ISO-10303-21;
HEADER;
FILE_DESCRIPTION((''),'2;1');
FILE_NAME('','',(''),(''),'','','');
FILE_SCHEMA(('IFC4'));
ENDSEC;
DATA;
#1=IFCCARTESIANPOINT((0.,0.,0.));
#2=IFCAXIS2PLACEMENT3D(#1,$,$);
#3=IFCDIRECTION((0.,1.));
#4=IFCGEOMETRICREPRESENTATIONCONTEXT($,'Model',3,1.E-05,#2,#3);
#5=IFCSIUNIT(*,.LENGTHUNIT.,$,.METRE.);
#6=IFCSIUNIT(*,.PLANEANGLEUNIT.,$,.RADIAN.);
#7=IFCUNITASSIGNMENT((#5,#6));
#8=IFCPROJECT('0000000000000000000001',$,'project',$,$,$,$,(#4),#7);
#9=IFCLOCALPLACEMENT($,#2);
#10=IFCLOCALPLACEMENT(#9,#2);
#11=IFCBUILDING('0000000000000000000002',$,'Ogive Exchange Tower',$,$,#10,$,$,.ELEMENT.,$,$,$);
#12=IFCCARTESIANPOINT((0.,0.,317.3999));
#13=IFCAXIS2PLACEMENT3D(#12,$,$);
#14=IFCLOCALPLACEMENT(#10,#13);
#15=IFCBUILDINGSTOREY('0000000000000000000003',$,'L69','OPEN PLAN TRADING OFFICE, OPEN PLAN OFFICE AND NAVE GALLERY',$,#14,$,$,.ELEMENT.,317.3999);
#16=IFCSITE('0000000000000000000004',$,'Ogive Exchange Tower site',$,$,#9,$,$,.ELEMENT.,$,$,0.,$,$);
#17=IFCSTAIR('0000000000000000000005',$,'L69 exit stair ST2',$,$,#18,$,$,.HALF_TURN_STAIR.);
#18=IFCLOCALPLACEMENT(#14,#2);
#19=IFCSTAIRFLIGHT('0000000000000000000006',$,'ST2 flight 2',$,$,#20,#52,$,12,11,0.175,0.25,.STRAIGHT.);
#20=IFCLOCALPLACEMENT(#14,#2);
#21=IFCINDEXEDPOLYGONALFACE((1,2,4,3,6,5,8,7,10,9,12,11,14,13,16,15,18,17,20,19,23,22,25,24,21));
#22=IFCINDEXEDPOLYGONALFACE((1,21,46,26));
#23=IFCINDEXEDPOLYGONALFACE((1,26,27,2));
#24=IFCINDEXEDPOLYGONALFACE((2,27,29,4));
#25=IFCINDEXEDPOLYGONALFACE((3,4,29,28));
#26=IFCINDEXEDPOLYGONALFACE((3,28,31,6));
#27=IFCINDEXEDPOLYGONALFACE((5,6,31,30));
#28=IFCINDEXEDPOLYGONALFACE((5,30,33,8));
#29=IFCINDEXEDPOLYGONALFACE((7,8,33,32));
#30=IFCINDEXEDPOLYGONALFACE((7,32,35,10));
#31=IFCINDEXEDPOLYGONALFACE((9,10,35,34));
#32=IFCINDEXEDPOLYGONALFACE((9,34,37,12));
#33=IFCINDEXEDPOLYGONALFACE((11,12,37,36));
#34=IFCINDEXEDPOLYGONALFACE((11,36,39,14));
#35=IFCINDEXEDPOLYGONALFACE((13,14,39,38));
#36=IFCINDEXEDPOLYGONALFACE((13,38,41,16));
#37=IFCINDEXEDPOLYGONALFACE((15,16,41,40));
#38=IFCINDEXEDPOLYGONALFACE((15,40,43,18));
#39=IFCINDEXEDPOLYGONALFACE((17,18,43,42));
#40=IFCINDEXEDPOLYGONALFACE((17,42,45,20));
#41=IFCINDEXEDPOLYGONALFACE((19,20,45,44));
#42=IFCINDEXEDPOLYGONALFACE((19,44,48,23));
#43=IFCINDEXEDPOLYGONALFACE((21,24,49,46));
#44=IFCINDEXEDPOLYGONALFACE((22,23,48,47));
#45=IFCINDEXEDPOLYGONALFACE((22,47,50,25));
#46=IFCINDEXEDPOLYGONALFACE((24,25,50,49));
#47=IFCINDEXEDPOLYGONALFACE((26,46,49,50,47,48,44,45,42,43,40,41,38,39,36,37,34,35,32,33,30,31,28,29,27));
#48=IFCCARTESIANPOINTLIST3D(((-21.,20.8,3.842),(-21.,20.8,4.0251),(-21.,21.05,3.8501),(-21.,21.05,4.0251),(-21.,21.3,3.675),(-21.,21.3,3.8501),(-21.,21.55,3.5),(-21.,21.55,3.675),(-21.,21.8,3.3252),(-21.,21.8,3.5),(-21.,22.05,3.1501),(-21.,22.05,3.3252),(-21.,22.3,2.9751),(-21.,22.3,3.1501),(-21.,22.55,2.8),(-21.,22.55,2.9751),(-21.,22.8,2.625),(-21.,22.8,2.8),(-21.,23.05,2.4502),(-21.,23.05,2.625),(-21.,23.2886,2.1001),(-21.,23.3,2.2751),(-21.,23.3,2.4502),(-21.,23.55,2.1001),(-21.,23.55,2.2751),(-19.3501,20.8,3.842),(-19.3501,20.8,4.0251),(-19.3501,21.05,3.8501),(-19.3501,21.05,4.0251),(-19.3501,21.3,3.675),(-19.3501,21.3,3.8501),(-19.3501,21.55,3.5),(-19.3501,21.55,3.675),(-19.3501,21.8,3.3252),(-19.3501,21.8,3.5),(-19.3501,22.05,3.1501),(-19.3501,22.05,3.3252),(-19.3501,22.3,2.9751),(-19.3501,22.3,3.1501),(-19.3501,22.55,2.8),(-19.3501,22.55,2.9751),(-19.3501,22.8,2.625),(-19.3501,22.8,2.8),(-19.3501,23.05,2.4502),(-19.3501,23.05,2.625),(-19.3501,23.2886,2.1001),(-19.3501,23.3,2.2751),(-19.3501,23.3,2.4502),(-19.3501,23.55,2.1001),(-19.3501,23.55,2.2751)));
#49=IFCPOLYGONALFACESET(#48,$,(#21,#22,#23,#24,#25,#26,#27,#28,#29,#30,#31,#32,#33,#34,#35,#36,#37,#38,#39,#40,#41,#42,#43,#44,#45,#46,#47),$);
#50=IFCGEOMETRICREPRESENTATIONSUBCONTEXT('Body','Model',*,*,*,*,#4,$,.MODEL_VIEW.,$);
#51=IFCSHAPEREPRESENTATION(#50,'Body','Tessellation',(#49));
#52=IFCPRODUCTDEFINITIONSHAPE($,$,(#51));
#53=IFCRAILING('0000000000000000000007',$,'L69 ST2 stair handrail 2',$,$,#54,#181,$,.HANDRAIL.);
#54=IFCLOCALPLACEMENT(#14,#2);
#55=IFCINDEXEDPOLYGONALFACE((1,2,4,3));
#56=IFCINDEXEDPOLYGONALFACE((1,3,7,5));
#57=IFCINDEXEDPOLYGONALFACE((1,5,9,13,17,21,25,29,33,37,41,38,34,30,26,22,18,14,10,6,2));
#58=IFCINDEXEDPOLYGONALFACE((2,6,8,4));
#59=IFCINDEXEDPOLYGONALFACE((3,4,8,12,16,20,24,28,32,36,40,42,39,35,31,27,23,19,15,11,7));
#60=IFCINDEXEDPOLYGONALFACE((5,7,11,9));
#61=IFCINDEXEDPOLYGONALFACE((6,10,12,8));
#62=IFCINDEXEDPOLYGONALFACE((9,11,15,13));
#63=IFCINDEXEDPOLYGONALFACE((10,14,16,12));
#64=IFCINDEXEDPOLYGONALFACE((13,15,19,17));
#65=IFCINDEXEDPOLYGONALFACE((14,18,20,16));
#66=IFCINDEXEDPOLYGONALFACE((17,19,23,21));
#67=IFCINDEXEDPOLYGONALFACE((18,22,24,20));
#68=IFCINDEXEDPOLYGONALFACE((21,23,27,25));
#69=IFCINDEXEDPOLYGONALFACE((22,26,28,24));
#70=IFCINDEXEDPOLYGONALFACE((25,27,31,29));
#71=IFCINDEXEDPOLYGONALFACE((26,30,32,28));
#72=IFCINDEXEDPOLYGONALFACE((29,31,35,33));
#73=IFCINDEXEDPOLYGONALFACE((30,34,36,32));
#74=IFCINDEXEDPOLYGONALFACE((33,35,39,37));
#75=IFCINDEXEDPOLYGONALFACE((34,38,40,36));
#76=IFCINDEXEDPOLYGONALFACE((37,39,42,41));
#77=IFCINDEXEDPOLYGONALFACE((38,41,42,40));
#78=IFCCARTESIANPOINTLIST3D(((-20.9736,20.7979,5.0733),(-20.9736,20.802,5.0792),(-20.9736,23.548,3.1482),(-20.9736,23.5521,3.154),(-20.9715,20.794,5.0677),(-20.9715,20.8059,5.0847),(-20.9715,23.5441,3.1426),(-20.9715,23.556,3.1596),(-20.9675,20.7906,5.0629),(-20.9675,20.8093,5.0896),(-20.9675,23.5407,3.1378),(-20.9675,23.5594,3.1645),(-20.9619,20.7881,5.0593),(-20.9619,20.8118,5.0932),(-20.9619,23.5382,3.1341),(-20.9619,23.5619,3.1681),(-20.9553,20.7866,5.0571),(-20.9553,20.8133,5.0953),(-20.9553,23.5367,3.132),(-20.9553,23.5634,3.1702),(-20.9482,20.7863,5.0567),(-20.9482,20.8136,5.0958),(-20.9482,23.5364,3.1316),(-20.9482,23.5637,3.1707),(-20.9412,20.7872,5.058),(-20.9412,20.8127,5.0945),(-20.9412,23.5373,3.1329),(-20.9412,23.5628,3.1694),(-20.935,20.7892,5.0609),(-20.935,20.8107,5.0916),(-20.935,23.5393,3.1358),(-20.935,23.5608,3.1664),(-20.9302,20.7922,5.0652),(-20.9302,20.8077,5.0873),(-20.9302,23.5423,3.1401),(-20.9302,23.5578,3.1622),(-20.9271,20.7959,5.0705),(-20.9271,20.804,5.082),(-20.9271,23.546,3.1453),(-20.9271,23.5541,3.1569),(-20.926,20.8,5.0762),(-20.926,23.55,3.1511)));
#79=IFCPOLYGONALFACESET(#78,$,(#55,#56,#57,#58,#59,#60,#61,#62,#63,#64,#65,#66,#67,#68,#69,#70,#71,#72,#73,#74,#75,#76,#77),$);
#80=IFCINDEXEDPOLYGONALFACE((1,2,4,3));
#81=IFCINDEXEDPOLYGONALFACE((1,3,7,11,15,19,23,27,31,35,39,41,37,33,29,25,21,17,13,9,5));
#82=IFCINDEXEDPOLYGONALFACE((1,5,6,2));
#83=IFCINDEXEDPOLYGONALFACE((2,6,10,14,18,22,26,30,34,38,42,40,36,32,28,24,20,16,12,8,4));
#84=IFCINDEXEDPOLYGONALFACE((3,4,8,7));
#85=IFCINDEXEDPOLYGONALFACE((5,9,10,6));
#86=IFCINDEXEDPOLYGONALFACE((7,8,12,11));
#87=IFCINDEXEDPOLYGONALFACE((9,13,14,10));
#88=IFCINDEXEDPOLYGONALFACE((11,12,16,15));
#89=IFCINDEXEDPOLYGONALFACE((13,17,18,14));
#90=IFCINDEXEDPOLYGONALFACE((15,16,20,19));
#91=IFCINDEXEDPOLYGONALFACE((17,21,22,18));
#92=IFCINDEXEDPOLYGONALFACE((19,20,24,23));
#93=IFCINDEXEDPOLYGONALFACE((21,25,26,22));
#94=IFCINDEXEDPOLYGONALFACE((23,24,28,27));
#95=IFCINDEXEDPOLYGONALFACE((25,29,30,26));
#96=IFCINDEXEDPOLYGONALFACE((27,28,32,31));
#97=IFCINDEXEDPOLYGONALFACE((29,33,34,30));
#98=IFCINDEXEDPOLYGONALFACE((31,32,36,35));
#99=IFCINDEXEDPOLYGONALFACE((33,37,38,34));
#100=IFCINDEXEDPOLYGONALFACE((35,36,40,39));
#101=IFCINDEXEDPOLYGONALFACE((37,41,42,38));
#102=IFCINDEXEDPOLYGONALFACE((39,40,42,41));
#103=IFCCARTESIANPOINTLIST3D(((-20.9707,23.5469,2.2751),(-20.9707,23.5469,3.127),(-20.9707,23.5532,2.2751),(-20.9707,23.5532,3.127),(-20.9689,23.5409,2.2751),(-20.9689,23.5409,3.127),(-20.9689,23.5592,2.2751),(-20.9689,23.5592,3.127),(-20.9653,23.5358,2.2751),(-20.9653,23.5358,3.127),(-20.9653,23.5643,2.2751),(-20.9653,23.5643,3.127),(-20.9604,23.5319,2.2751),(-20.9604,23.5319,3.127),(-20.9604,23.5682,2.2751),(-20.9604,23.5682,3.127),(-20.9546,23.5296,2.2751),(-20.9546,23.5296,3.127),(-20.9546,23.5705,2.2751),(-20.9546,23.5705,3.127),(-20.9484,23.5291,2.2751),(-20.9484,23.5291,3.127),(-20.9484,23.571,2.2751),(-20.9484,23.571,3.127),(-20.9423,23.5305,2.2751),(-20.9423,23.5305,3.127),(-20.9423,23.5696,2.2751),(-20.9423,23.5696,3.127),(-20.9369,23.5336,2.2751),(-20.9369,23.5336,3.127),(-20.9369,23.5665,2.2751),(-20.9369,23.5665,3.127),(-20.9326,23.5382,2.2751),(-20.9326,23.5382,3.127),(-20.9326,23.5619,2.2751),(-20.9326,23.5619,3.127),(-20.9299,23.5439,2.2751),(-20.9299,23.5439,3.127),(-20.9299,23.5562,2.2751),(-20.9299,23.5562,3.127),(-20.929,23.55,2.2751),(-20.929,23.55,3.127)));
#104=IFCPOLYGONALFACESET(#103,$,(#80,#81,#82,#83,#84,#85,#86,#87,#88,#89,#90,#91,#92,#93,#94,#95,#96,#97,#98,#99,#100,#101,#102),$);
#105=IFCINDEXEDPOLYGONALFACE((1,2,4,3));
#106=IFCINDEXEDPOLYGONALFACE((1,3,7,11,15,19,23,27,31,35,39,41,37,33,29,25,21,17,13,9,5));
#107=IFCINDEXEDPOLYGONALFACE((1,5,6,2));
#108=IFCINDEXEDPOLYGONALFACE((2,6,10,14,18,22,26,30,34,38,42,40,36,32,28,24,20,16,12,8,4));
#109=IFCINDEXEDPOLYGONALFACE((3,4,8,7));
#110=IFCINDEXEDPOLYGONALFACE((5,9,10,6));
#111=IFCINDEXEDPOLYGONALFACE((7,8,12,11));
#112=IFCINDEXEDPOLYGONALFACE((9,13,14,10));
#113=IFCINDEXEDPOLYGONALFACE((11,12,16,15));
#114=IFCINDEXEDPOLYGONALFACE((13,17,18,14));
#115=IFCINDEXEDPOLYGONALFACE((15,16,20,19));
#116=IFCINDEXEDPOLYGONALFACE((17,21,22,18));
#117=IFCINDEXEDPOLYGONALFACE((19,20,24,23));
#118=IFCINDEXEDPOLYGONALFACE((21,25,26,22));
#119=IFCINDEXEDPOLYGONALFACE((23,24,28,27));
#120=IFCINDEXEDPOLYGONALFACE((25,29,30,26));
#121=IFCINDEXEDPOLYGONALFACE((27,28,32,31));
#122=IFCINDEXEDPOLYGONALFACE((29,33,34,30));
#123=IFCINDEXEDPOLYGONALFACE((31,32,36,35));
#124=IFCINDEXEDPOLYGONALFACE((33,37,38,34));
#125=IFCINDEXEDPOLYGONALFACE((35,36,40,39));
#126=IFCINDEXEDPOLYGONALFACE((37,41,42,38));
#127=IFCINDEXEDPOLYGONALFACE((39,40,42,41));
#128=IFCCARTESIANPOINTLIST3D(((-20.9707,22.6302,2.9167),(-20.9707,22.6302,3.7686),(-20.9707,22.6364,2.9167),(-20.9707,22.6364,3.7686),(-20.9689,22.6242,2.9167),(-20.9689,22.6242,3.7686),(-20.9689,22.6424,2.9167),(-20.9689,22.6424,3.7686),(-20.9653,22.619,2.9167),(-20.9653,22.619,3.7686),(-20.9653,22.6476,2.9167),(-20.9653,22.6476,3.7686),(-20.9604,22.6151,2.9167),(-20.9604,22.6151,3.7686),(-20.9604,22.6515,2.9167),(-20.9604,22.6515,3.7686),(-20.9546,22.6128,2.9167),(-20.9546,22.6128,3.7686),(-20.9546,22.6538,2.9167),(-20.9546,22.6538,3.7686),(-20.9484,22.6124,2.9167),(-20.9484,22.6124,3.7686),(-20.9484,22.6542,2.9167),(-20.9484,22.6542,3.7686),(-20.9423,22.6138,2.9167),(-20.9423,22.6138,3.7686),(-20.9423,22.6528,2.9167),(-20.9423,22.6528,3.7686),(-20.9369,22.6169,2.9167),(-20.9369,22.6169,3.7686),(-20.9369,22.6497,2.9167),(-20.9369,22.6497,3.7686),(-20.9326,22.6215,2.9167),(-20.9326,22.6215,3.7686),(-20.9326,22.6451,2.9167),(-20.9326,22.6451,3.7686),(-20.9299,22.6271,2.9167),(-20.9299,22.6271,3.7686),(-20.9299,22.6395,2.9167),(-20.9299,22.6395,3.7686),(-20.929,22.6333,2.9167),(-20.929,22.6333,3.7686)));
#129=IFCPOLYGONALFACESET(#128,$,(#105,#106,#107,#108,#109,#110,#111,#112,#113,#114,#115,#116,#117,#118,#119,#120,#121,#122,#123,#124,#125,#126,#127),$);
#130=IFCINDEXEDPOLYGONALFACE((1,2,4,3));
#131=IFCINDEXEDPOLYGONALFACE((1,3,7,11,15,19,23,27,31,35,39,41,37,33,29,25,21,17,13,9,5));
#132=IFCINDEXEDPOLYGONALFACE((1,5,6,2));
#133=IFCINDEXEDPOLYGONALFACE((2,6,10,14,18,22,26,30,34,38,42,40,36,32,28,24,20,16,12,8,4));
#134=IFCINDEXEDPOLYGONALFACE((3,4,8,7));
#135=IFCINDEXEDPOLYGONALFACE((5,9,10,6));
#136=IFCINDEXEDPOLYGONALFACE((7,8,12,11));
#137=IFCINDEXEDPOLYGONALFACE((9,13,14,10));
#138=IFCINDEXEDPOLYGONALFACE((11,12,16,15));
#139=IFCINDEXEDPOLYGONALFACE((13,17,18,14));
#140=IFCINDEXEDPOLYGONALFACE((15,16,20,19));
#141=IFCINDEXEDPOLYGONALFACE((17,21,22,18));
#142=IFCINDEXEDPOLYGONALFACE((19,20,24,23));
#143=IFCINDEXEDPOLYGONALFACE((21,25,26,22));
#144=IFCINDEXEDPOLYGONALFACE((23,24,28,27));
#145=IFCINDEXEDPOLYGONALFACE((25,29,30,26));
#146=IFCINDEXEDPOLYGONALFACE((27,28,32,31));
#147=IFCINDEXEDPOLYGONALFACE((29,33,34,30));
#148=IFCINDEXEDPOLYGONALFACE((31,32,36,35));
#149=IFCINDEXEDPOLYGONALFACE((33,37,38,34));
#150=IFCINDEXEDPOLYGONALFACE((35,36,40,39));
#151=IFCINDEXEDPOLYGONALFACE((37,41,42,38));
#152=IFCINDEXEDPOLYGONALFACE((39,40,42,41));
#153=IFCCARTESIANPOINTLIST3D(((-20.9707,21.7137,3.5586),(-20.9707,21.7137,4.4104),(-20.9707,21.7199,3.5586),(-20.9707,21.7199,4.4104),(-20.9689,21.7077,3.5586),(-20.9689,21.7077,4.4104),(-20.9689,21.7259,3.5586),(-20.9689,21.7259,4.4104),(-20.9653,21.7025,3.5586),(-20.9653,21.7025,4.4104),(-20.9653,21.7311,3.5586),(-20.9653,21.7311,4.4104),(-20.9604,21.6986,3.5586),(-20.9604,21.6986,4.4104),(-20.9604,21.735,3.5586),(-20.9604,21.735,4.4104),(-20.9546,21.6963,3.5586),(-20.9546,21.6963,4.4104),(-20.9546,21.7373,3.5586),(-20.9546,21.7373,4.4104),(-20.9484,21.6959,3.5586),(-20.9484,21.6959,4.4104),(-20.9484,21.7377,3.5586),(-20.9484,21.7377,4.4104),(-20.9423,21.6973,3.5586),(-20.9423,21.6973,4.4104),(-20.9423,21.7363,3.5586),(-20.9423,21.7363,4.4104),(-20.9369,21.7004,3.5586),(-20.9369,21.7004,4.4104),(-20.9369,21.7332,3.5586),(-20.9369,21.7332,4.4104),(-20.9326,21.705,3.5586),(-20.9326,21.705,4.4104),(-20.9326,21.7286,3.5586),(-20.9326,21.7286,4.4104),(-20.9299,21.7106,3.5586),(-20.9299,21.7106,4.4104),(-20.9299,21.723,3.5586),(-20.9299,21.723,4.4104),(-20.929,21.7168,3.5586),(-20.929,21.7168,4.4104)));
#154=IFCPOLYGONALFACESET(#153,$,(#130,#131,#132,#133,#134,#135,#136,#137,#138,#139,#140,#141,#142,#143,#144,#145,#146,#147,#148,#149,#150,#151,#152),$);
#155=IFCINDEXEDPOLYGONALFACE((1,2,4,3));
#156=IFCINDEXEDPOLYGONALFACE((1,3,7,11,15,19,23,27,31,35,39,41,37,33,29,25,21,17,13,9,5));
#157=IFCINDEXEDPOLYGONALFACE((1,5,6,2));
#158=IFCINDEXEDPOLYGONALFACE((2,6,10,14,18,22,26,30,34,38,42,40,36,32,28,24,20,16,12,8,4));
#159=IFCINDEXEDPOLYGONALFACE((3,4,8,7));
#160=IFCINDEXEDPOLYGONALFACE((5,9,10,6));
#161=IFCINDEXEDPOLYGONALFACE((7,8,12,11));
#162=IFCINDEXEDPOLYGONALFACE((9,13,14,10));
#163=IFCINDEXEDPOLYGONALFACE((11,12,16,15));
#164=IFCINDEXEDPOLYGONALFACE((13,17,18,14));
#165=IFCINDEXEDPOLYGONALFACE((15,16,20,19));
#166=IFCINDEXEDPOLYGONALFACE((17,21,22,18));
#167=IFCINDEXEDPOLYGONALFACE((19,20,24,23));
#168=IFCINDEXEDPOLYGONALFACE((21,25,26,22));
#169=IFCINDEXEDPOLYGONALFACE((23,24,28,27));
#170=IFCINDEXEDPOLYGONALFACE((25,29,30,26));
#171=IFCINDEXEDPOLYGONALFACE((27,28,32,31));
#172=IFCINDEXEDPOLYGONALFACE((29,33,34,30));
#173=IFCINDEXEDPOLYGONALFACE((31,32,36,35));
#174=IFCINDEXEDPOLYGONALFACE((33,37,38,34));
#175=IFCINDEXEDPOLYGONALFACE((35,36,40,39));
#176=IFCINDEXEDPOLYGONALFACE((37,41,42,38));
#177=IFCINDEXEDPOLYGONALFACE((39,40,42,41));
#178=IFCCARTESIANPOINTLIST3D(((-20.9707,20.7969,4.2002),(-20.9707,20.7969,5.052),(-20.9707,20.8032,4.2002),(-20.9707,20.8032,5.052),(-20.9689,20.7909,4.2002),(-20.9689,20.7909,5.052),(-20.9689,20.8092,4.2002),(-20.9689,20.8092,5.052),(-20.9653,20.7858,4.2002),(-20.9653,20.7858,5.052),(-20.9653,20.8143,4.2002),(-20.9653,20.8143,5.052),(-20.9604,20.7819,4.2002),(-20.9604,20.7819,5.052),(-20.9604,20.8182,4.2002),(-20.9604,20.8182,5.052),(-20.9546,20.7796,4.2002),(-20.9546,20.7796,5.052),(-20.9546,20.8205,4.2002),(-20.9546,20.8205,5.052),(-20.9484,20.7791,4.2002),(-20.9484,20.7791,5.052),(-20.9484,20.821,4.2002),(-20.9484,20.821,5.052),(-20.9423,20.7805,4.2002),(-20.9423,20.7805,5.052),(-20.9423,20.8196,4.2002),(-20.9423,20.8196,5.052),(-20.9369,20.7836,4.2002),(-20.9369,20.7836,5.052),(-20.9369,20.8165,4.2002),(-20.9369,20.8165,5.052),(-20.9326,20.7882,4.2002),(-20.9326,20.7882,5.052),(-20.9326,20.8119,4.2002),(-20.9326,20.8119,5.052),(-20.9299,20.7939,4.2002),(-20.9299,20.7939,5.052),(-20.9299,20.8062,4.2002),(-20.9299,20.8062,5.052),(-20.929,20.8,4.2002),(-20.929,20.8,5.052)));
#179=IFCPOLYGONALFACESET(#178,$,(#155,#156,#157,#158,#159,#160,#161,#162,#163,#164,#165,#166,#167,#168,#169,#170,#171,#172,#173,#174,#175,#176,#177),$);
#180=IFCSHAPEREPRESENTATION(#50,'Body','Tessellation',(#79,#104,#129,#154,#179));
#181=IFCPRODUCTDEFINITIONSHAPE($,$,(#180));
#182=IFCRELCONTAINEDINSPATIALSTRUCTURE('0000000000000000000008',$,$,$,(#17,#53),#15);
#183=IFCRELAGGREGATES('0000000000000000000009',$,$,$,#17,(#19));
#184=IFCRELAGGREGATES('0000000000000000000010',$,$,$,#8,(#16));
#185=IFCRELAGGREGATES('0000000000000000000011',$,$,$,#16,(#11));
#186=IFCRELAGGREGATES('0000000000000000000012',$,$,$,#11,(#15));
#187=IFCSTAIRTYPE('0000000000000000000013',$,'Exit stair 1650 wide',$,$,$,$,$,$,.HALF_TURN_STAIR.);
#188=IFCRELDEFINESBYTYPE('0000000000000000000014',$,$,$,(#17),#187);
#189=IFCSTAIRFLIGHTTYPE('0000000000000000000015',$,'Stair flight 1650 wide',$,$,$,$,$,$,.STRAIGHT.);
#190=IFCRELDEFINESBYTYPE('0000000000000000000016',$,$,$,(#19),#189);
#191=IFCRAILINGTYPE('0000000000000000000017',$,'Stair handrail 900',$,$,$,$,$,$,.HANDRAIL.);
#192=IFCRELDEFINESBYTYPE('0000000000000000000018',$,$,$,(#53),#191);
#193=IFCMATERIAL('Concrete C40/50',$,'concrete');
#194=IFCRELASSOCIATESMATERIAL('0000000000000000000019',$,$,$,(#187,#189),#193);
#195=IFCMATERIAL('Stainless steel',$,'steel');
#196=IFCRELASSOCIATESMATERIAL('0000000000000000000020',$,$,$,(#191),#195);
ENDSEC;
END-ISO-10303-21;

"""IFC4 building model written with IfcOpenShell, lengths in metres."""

from ifc_helpers import new_model, si_unit, direction, frame, origin, origin_2d, place, context, subcontext, project, spatial, polyline, circle, outline, extrude, material, type_object, element, aggregate, save


model = new_model("IFC4")

# Units and contexts
model_context = context("Model", 3, precision=1e-05, world=origin(), true_north=direction((0.0, 1.0)))
body_context = subcontext(model_context, "Body", "Model", "MODEL_VIEW")
ifc_project = project(units=[si_unit("LENGTHUNIT", "METRE"), si_unit("PLANEANGLEUNIT", "RADIAN")], contexts=[model_context])

# Site, building, storey
site_placement = place(None, origin())
site = spatial("IfcSite", under=ifc_project, at=site_placement, Name="Ogive Exchange Tower site", CompositionType="ELEMENT", RefElevation=0.0)
building_placement = place(site_placement, origin())
building = spatial("IfcBuilding", under=site, at=building_placement, Name="Ogive Exchange Tower", CompositionType="ELEMENT")
storey_placement = place(building_placement, frame((0.0, 0.0, 317.3999)))
storey = spatial("IfcBuildingStorey", under=building, at=storey_placement, Name="L69", Description="OPEN PLAN TRADING OFFICE, OPEN PLAN OFFICE AND NAVE GALLERY", CompositionType="ELEMENT", Elevation=317.3999)

# Stair, stair flight
ifc_material_1 = material(Name="Concrete C40/50", Category="concrete")
stair_type = type_object("IfcStairType", Name="Exit stair 1650 wide", PredefinedType="HALF_TURN_STAIR", material=ifc_material_1)
stair_placement = place(storey_placement, origin())
stair = element("IfcStair", 1, at=stair_placement, inside=storey, type_object=stair_type, Name="L69 exit stair ST2", PredefinedType="HALF_TURN_STAIR")
stair_flight_type = type_object("IfcStairFlightType", Name="Stair flight 1650 wide", PredefinedType="STRAIGHT", material=ifc_material_1)
stair_flight_placement = place(storey_placement, frame((-20.175, 23.55, 2.1001), z_axis=(0.0, 0.0, 1.0), x_axis=(0.0, -1.0, 0.0)))
stair_flight = element("IfcStairFlight", 2, at=stair_flight_placement, type_object=stair_flight_type, Name="ST2 flight 2", NumberOfRisers=12, NumberOfTreads=11, PredefinedType="STRAIGHT", RiserHeight=0.175, TreadLength=0.25, context=body_context, shape_type="SweptSolid", body=[
    extrude(outline(polyline([(0.0, 0.0), (0.0, 0.175), (0.25, 0.175), (0.25, 0.3501), (0.5, 0.3501), (0.5, 0.5249), (0.75, 0.5249), (0.75, 0.7), (1.0, 0.7), (1.0, 0.875), (1.25, 0.875), (1.25, 1.05), (1.5, 1.05), (1.5, 1.2251), (1.75, 1.2251), (1.75, 1.3999), (2.0, 1.3999), (2.0, 1.575), (2.25, 1.575), (2.25, 1.75), (2.5, 1.75), (2.5, 1.925), (2.75, 1.925), (2.75, 2.1001), (2.75, 1.7419), (0.2615, 0.0), (0.0, 0.0)])), frame((0.0, 0.825, 0.0), z_axis=(0.0, -1.0, 0.0), x_axis=(1.0, 0.0, 0.0)), (0.0, 0.0, 1.0), 1.6499),
])
aggregate(stair, [stair_flight])

# Railing
ifc_material_2 = material(Name="Stainless steel", Category="steel")
railing_type = type_object("IfcRailingType", Name="Stair handrail 900", PredefinedType="HANDRAIL", material=ifc_material_2)
railing_placement = place(storey_placement, frame((-20.95, 23.55, 2.2751)))
element("IfcRailing", 3, at=railing_placement, inside=storey, type_object=railing_type, Name="L69 ST2 stair handrail 2", PredefinedType="HANDRAIL", context=body_context, shape_type="SweptSolid", body=[
    extrude(circle(Radius=0.0239, at=origin_2d()), frame((0.0, 0.0, 0.876), z_axis=(0.0, -0.819225, 0.573472), x_axis=(1.0, 0.0, 0.0)), (0.0, 0.0, 1.0), 3.3569),
    extrude(circle(Radius=0.021, at=origin_2d()), origin(), (0.0, 0.0, 1.0), 0.8518),
    extrude(circle(Radius=0.021, at=origin_2d()), frame((0.0, -0.9167, 0.6416)), (0.0, 0.0, 1.0), 0.8518),
    extrude(circle(Radius=0.021, at=origin_2d()), frame((0.0, -1.8333, 1.2834)), (0.0, 0.0, 1.0), 0.8518),
    extrude(circle(Radius=0.021, at=origin_2d()), frame((0.0, -2.75, 1.925)), (0.0, 0.0, 1.0), 0.8518),
])

save(model, "model.ifc")
